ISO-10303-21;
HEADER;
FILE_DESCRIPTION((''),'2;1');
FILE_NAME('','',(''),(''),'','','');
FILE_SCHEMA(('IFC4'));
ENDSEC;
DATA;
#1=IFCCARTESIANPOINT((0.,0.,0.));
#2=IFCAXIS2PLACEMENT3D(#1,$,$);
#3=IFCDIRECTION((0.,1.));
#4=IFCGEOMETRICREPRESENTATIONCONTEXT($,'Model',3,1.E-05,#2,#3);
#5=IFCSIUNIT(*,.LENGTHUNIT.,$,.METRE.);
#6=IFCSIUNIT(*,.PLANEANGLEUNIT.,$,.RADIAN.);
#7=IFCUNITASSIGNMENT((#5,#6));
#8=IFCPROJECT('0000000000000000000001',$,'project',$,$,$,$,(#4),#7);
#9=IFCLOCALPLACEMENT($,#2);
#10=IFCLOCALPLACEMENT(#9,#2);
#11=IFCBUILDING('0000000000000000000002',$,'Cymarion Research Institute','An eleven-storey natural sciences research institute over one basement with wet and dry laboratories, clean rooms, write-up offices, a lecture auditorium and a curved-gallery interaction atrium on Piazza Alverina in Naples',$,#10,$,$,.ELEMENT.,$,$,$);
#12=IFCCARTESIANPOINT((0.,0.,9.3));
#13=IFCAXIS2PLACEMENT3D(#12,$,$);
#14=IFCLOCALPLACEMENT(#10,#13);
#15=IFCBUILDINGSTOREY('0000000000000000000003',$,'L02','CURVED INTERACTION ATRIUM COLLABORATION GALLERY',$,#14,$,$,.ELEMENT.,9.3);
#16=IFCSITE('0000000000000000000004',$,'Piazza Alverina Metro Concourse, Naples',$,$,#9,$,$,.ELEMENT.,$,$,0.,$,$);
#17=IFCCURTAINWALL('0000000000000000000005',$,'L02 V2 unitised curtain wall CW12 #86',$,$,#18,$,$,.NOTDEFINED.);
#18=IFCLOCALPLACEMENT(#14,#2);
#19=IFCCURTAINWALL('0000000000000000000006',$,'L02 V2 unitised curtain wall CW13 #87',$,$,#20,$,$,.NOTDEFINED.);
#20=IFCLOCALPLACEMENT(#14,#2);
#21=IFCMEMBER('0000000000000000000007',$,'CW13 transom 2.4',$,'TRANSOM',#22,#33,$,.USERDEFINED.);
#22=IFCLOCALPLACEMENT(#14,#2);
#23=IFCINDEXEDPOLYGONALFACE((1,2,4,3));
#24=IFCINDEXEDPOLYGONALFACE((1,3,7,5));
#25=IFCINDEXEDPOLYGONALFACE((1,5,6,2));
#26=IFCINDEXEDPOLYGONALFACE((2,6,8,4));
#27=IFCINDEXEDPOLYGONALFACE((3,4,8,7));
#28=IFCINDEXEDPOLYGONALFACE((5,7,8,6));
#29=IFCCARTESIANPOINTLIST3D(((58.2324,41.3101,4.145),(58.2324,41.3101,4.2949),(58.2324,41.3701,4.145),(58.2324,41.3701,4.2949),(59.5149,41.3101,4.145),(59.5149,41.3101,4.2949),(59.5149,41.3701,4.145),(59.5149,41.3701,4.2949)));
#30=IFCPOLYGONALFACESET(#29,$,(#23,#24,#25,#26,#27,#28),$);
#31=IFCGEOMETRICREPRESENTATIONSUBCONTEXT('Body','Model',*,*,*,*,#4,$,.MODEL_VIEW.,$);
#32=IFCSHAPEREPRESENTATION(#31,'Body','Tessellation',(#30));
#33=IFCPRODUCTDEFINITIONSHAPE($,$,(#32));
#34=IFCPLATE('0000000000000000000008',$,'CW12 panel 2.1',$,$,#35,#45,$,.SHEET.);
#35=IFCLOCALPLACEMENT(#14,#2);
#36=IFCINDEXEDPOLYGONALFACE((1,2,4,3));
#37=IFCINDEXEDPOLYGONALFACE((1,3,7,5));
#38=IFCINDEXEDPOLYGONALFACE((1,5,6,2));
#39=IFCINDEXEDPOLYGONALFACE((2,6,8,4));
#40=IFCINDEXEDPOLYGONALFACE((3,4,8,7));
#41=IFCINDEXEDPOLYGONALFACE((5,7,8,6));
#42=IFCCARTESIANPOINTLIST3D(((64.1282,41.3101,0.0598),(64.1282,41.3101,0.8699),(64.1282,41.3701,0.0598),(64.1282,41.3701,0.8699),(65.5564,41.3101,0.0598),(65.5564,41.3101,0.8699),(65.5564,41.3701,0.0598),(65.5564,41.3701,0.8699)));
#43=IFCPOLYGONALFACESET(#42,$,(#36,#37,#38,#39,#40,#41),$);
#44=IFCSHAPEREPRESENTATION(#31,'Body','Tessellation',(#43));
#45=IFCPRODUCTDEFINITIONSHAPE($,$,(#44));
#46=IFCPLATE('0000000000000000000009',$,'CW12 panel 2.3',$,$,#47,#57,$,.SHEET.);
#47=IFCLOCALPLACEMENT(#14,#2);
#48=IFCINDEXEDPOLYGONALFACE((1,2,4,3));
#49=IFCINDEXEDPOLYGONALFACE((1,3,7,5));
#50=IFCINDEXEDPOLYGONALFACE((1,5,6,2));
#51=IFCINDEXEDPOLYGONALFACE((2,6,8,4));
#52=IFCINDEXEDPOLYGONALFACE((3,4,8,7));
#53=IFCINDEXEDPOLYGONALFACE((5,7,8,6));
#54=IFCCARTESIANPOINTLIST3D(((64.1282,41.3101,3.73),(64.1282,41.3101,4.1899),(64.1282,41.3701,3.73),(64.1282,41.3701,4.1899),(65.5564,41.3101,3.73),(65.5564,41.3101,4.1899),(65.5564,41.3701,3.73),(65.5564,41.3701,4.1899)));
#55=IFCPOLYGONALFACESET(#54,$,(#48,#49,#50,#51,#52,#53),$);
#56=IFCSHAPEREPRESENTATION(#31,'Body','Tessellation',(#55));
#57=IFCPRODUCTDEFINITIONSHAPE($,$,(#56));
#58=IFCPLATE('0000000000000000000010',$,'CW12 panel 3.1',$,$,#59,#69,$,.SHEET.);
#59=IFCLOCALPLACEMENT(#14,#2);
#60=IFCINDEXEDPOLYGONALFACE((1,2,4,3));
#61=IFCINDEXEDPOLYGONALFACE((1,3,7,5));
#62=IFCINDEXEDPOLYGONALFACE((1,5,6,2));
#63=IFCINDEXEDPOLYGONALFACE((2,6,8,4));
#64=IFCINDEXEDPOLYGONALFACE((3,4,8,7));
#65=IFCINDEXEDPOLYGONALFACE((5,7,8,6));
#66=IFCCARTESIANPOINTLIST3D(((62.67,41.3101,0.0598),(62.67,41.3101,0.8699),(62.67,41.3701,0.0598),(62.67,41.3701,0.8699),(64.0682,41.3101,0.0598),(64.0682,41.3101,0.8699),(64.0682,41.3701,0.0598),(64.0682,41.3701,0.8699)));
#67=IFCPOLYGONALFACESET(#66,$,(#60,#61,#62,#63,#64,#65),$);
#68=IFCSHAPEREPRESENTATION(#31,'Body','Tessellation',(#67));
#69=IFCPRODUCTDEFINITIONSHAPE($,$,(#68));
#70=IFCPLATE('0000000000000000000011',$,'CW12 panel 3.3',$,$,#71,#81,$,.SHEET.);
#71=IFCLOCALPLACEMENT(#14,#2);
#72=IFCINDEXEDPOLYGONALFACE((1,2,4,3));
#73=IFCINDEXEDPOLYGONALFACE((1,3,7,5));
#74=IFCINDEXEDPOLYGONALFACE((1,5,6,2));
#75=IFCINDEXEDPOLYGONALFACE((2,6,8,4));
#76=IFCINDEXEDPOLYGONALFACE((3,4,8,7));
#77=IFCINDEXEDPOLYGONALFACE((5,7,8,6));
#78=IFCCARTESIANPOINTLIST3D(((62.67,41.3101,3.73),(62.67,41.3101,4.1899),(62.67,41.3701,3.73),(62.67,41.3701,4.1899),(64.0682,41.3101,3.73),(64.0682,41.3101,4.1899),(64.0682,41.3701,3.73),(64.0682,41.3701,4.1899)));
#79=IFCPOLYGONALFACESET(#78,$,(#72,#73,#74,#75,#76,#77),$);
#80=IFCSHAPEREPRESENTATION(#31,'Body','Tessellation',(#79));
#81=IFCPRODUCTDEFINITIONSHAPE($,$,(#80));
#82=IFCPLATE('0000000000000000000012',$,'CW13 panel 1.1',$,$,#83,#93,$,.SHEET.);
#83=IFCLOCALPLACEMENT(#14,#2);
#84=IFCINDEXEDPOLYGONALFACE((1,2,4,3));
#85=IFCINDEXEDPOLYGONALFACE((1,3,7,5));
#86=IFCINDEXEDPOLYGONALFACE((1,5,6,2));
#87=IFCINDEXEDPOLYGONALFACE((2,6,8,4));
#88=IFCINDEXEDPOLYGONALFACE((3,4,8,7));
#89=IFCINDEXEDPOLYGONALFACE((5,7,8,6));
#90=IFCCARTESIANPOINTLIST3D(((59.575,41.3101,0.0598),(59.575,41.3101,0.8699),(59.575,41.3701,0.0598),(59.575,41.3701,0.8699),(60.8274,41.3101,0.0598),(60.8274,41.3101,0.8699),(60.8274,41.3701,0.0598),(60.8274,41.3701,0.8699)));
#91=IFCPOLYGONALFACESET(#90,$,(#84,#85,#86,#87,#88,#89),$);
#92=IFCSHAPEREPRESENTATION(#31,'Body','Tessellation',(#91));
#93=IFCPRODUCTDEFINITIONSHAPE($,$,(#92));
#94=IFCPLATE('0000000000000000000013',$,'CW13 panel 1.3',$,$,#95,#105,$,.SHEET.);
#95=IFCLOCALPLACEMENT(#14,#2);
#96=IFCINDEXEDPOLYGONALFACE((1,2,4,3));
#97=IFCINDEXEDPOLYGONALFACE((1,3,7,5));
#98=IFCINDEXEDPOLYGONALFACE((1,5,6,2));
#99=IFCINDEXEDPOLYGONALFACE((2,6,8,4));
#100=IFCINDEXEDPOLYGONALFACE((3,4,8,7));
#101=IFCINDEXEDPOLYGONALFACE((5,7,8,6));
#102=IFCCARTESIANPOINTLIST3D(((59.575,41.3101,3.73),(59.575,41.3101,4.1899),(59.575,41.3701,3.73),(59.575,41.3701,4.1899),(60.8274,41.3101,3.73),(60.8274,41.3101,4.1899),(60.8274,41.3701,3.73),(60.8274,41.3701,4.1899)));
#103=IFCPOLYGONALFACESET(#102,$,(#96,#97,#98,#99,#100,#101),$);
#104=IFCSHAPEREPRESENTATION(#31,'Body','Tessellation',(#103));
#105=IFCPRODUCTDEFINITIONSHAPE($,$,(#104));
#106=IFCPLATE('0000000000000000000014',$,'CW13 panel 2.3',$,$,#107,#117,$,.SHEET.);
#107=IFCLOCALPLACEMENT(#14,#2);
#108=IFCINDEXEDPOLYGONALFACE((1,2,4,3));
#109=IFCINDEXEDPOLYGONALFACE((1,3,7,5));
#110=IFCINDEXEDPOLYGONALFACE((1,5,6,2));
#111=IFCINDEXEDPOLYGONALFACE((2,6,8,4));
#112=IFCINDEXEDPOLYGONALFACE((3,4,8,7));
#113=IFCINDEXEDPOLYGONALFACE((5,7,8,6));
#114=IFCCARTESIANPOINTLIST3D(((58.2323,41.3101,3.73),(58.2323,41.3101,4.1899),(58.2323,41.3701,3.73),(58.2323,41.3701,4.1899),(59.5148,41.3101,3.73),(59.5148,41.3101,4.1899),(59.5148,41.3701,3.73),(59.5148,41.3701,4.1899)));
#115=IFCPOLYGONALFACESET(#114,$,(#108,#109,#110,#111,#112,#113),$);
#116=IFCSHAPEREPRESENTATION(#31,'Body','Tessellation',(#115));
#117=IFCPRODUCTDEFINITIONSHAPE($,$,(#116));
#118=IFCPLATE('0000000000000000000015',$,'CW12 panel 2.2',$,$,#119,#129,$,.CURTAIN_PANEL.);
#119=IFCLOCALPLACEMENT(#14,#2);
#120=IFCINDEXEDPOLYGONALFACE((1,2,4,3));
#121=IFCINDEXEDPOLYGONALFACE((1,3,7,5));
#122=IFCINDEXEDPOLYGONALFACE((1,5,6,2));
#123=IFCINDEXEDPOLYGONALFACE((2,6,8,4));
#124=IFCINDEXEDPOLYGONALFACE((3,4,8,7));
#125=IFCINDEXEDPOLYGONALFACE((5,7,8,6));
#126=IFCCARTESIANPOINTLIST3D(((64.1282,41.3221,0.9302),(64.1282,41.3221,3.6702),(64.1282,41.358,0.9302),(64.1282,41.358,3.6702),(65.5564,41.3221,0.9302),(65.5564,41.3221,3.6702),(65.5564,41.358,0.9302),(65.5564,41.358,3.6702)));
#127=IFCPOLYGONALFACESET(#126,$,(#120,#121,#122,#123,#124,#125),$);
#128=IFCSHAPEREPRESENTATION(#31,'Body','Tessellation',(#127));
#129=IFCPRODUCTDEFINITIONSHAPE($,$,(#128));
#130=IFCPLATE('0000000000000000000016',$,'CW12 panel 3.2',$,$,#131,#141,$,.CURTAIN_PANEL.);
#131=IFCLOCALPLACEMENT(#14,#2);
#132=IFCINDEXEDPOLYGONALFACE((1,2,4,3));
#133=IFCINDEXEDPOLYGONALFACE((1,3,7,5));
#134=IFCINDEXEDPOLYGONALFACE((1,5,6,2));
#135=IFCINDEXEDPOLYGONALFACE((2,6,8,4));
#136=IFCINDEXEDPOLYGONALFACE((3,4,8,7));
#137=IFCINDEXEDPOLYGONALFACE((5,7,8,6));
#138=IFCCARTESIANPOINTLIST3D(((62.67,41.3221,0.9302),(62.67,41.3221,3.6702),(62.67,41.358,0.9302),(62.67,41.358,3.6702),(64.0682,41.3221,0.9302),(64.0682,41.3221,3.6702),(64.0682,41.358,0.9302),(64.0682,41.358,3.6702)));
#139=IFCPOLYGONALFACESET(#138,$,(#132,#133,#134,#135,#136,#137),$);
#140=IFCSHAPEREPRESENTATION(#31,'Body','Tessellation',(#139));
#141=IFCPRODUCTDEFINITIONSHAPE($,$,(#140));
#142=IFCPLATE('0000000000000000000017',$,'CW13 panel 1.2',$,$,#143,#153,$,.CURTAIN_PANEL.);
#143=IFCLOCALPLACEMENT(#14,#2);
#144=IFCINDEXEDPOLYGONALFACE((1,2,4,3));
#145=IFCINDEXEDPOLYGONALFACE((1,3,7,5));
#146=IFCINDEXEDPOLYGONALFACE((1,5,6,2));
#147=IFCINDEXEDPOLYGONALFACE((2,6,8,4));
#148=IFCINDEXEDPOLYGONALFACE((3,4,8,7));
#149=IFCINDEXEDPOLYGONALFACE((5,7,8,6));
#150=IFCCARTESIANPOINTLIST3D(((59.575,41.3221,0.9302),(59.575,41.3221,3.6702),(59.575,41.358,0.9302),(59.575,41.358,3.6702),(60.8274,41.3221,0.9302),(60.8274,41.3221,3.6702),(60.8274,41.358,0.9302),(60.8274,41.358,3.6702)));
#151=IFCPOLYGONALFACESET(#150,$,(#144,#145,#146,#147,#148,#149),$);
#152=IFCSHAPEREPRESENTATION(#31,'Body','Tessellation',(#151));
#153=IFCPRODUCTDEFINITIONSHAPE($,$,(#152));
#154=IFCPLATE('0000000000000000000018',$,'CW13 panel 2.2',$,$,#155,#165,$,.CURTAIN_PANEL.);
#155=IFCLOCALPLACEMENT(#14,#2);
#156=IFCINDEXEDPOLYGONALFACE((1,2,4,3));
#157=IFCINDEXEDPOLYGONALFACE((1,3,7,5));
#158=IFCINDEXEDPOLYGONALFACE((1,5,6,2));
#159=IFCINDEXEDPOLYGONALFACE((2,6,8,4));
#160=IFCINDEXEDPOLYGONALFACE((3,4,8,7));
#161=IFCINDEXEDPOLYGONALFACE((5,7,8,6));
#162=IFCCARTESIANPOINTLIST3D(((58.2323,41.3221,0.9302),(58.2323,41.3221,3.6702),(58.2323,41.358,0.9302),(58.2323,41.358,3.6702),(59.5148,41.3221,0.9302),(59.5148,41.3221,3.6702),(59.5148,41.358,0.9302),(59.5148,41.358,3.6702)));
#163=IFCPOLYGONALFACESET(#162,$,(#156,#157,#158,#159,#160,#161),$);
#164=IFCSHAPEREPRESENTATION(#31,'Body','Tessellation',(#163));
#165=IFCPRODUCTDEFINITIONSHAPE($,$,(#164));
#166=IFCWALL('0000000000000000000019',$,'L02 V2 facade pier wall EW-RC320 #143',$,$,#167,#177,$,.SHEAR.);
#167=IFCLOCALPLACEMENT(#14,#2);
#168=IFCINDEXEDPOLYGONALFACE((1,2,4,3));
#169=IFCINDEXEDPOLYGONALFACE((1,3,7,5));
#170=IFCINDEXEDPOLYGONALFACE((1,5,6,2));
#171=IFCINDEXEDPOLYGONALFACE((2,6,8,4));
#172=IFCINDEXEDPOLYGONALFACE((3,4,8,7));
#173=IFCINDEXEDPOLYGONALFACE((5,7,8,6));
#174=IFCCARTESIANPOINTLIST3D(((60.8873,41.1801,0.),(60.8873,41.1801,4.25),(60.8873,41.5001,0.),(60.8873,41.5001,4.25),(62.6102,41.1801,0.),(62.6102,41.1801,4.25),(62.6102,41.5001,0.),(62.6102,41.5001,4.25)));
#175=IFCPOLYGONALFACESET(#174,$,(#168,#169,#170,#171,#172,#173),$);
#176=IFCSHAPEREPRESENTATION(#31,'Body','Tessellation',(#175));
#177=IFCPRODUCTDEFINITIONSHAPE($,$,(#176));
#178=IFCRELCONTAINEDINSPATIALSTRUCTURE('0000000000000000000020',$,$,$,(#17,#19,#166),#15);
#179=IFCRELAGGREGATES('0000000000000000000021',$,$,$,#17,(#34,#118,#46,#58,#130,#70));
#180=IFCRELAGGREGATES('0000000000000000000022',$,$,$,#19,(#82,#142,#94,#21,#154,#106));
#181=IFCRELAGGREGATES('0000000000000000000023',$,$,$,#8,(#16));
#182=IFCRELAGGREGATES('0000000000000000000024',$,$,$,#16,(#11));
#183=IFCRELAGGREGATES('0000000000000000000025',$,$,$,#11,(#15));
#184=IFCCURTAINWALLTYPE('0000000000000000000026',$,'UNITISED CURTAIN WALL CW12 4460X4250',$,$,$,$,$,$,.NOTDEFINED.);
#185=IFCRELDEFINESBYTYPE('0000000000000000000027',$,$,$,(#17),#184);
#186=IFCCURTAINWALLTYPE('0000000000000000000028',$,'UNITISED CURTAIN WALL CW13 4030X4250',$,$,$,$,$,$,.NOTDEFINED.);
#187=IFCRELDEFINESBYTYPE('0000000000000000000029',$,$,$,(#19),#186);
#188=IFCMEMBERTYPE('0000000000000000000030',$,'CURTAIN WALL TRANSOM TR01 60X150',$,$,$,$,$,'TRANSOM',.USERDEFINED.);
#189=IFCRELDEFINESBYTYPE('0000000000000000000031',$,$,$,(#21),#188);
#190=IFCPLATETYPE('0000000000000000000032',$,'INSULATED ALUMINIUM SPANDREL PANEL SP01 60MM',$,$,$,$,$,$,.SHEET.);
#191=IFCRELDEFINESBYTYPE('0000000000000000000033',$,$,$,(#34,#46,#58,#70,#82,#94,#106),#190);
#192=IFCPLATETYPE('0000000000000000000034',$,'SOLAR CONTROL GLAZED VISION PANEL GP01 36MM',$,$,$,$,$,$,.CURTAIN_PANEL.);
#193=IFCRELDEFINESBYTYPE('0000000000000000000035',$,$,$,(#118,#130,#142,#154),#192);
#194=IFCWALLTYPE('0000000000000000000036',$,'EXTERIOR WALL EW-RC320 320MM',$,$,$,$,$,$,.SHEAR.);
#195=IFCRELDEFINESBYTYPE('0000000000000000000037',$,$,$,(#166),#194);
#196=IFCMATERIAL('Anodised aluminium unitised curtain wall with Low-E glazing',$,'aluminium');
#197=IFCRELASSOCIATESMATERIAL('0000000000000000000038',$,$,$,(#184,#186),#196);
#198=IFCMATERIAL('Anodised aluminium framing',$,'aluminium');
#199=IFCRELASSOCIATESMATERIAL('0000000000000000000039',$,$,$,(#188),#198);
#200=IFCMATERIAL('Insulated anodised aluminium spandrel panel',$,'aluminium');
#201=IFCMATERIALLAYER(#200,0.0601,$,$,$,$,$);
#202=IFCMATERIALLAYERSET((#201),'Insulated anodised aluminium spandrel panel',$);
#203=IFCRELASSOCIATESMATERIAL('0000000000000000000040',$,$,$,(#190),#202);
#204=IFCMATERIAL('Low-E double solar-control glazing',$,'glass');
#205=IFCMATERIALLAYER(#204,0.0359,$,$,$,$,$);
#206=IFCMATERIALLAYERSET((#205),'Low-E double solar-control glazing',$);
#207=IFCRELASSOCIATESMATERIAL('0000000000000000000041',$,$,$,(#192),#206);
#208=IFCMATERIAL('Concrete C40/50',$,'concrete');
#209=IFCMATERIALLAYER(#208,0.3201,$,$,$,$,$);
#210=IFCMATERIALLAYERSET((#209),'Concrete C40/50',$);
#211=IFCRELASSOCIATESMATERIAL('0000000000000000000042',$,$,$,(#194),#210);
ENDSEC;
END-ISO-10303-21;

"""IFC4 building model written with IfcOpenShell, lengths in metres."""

from ifc_helpers import new_model, si_unit, direction, frame, frame_2d, origin, origin_2d, place, context, subcontext, project, spatial, rectangle, extrude, material, layer, layer_set, material_profile, profile_set, type_object, element, aggregate, save


model = new_model("IFC4")

# Units and contexts
model_context = context("Model", 3, precision=1e-05, world=origin(), true_north=direction((0.0, 1.0)))
body_context = subcontext(model_context, "Body", "Model", "MODEL_VIEW")
ifc_project = project(units=[si_unit("LENGTHUNIT", "METRE"), si_unit("PLANEANGLEUNIT", "RADIAN")], contexts=[model_context])

# Site, building, storey
site_placement = place(None, origin())
site = spatial("IfcSite", under=ifc_project, at=site_placement, Name="Piazza Alverina Metro Concourse, Naples", CompositionType="ELEMENT", RefElevation=0.0)
building_placement = place(site_placement, origin())
building = spatial("IfcBuilding", under=site, at=building_placement, Name="Cymarion Research Institute", Description="An eleven-storey natural sciences research institute over one basement with wet and dry laboratories, clean rooms, write-up offices, a lecture auditorium and a curved-gallery interaction atrium on Piazza Alverina in Naples", CompositionType="ELEMENT")
storey_placement = place(building_placement, frame((0.0, 0.0, 9.3)))
storey = spatial("IfcBuildingStorey", under=building, at=storey_placement, Name="L02", Description="CURVED INTERACTION ATRIUM COLLABORATION GALLERY", CompositionType="ELEMENT", Elevation=9.3)

# Curtain walls
ifc_material_1 = material(Name="Anodised aluminium unitised curtain wall with Low-E glazing", Category="aluminium")
curtain_wall_type_1 = type_object("IfcCurtainWallType", Name="UNITISED CURTAIN WALL CW12 4460X4250", PredefinedType="NOTDEFINED", material=ifc_material_1)
curtain_wall_1_placement = place(storey_placement, origin())
curtain_wall_1 = element("IfcCurtainWall", 1, at=curtain_wall_1_placement, inside=storey, type_object=curtain_wall_type_1, Name="L02 V2 unitised curtain wall CW12 #86", PredefinedType="NOTDEFINED")
ifc_material_2 = material(Name="Anodised aluminium framing", Category="aluminium")
curtain_wall_type_2 = type_object("IfcCurtainWallType", Name="UNITISED CURTAIN WALL CW13 4030X4250", PredefinedType="NOTDEFINED", material=ifc_material_1)
curtain_wall_2_placement = place(storey_placement, origin())
curtain_wall_2 = element("IfcCurtainWall", 2, at=curtain_wall_2_placement, inside=storey, type_object=curtain_wall_type_2, Name="L02 V2 unitised curtain wall CW13 #87", PredefinedType="NOTDEFINED")

# Member
ifc_material_profile_1 = material_profile(ifc_material_2, rectangle(XDim=0.0601, YDim=0.1499, at=origin_2d()), Name="ALU TRANSOM 60x150")
ifc_profile_set_1 = profile_set([ifc_material_profile_1], Name="Anodised aluminium framing")
member_type_1 = type_object("IfcMemberType", Name="CURTAIN WALL TRANSOM TR01 60X150", ElementType="TRANSOM", PredefinedType="USERDEFINED", material=ifc_profile_set_1)
member_1_placement = place(storey_placement, frame((59.5149, 41.3401, 4.22), z_axis=(-1.0, 0.0, 0.0), x_axis=(0.0, -1.0, 0.0)))
member_1 = element("IfcMember", 3, at=member_1_placement, type_object=member_type_1, Name="CW13 transom 2.4", ObjectType="TRANSOM", PredefinedType="USERDEFINED", context=body_context, shape_type="SweptSolid", body=[
    extrude(rectangle(XDim=0.0601, YDim=0.1499, at=origin_2d()), origin(), (0.0, 0.0, 1.0), 1.2825),
])

# Plates
ifc_material_3 = material(Name="Insulated anodised aluminium spandrel panel", Category="aluminium")
ifc_layer_1 = layer(ifc_material_3, 0.0601)
ifc_layer_set_1 = layer_set([ifc_layer_1], Name="Insulated anodised aluminium spandrel panel")
plate_type_1 = type_object("IfcPlateType", Name="INSULATED ALUMINIUM SPANDREL PANEL SP01 60MM", PredefinedType="SHEET", material=ifc_layer_set_1)
plate_1_placement = place(storey_placement, frame((64.8423, 41.3401, 0.0598), z_axis=(0.0, 0.0, 1.0), x_axis=(-1.0, 0.0, 0.0)))
plate_1 = element("IfcPlate", 4, at=plate_1_placement, type_object=plate_type_1, Name="CW12 panel 2.1", PredefinedType="SHEET", context=body_context, shape_type="SweptSolid", body=[
    extrude(rectangle(XDim=1.4282, YDim=0.0601, at=origin_2d()), origin(), (0.0, 0.0, 1.0), 0.8101),
])
plate_2_placement = place(storey_placement, frame((64.8423, 41.3401, 3.73), z_axis=(0.0, 0.0, 1.0), x_axis=(-1.0, 0.0, 0.0)))
plate_2 = element("IfcPlate", 5, at=plate_2_placement, type_object=plate_type_1, Name="CW12 panel 2.3", PredefinedType="SHEET", context=body_context, shape_type="SweptSolid", body=[
    extrude(rectangle(XDim=1.4282, YDim=0.0601, at=origin_2d()), origin(), (0.0, 0.0, 1.0), 0.46),
])
plate_3_placement = place(storey_placement, frame((63.3691, 41.3401, 0.0598), z_axis=(0.0, 0.0, 1.0), x_axis=(-1.0, 0.0, 0.0)))
plate_3 = element("IfcPlate", 6, at=plate_3_placement, type_object=plate_type_1, Name="CW12 panel 3.1", PredefinedType="SHEET", context=body_context, shape_type="SweptSolid", body=[
    extrude(rectangle(XDim=1.3982, YDim=0.0601, at=origin_2d()), origin(), (0.0, 0.0, 1.0), 0.8101),
])
plate_4_placement = place(storey_placement, frame((63.3691, 41.3401, 3.73), z_axis=(0.0, 0.0, 1.0), x_axis=(-1.0, 0.0, 0.0)))
plate_4 = element("IfcPlate", 7, at=plate_4_placement, type_object=plate_type_1, Name="CW12 panel 3.3", PredefinedType="SHEET", context=body_context, shape_type="SweptSolid", body=[
    extrude(rectangle(XDim=1.3982, YDim=0.0601, at=origin_2d()), origin(), (0.0, 0.0, 1.0), 0.46),
])
plate_5_placement = place(storey_placement, frame((60.2012, 41.3401, 0.0598), z_axis=(0.0, 0.0, 1.0), x_axis=(-1.0, 0.0, 0.0)))
plate_5 = element("IfcPlate", 8, at=plate_5_placement, type_object=plate_type_1, Name="CW13 panel 1.1", PredefinedType="SHEET", context=body_context, shape_type="SweptSolid", body=[
    extrude(rectangle(XDim=1.2524, YDim=0.0601, at=origin_2d()), origin(), (0.0, 0.0, 1.0), 0.8101),
])
plate_6_placement = place(storey_placement, frame((60.2012, 41.3401, 3.73), z_axis=(0.0, 0.0, 1.0), x_axis=(-1.0, 0.0, 0.0)))
plate_6 = element("IfcPlate", 9, at=plate_6_placement, type_object=plate_type_1, Name="CW13 panel 1.3", PredefinedType="SHEET", context=body_context, shape_type="SweptSolid", body=[
    extrude(rectangle(XDim=1.2524, YDim=0.0601, at=origin_2d()), origin(), (0.0, 0.0, 1.0), 0.46),
])
plate_7_placement = place(storey_placement, frame((58.8735, 41.3401, 3.73), z_axis=(0.0, 0.0, 1.0), x_axis=(-1.0, 0.0, 0.0)))
plate_7 = element("IfcPlate", 10, at=plate_7_placement, type_object=plate_type_1, Name="CW13 panel 2.3", PredefinedType="SHEET", context=body_context, shape_type="SweptSolid", body=[
    extrude(rectangle(XDim=1.2825, YDim=0.0601, at=origin_2d()), origin(), (0.0, 0.0, 1.0), 0.46),
])
ifc_material_4 = material(Name="Low-E double solar-control glazing", Category="glass")
ifc_layer_2 = layer(ifc_material_4, 0.0359)
ifc_layer_set_2 = layer_set([ifc_layer_2], Name="Low-E double solar-control glazing")
plate_type_2 = type_object("IfcPlateType", Name="SOLAR CONTROL GLAZED VISION PANEL GP01 36MM", PredefinedType="CURTAIN_PANEL", material=ifc_layer_set_2)
plate_8_placement = place(storey_placement, frame((64.8423, 41.3401, 0.9302), z_axis=(0.0, 0.0, 1.0), x_axis=(-1.0, 0.0, 0.0)))
plate_8 = element("IfcPlate", 11, at=plate_8_placement, type_object=plate_type_2, Name="CW12 panel 2.2", PredefinedType="CURTAIN_PANEL", context=body_context, shape_type="SweptSolid", body=[
    extrude(rectangle(XDim=1.4282, YDim=0.0359, at=origin_2d()), origin(), (0.0, 0.0, 1.0), 2.74),
])
plate_9_placement = place(storey_placement, frame((63.3691, 41.3401, 0.9302), z_axis=(0.0, 0.0, 1.0), x_axis=(-1.0, 0.0, 0.0)))
plate_9 = element("IfcPlate", 12, at=plate_9_placement, type_object=plate_type_2, Name="CW12 panel 3.2", PredefinedType="CURTAIN_PANEL", context=body_context, shape_type="SweptSolid", body=[
    extrude(rectangle(XDim=1.3982, YDim=0.0359, at=origin_2d()), origin(), (0.0, 0.0, 1.0), 2.74),
])
aggregate(curtain_wall_1, [plate_1, plate_8, plate_2, plate_3, plate_9, plate_4])
plate_10_placement = place(storey_placement, frame((60.2012, 41.3401, 0.9302), z_axis=(0.0, 0.0, 1.0), x_axis=(-1.0, 0.0, 0.0)))
plate_10 = element("IfcPlate", 13, at=plate_10_placement, type_object=plate_type_2, Name="CW13 panel 1.2", PredefinedType="CURTAIN_PANEL", context=body_context, shape_type="SweptSolid", body=[
    extrude(rectangle(XDim=1.2524, YDim=0.0359, at=origin_2d()), origin(), (0.0, 0.0, 1.0), 2.74),
])
plate_11_placement = place(storey_placement, frame((58.8735, 41.3401, 0.9302), z_axis=(0.0, 0.0, 1.0), x_axis=(-1.0, 0.0, 0.0)))
plate_11 = element("IfcPlate", 14, at=plate_11_placement, type_object=plate_type_2, Name="CW13 panel 2.2", PredefinedType="CURTAIN_PANEL", context=body_context, shape_type="SweptSolid", body=[
    extrude(rectangle(XDim=1.2825, YDim=0.0359, at=origin_2d()), origin(), (0.0, 0.0, 1.0), 2.74),
])
aggregate(curtain_wall_2, [plate_5, plate_10, plate_6, member_1, plate_11, plate_7])

# Wall
ifc_material_5 = material(Name="Concrete C40/50", Category="concrete")
ifc_layer_3 = layer(ifc_material_5, 0.3201)
ifc_layer_set_3 = layer_set([ifc_layer_3], Name="Concrete C40/50")
wall_type = type_object("IfcWallType", Name="EXTERIOR WALL EW-RC320 320MM", PredefinedType="SHEAR", material=ifc_layer_set_3)
wall_placement = place(storey_placement, frame((62.6101, 41.3401, 0.0), z_axis=(0.0, 0.0, 1.0), x_axis=(-1.0, 0.0, 0.0)))
element("IfcWall", 15, at=wall_placement, inside=storey, type_object=wall_type, Name="L02 V2 facade pier wall EW-RC320 #143", PredefinedType="SHEAR", context=body_context, shape_type="SweptSolid", body=[
    extrude(rectangle(XDim=1.7229, YDim=0.3201, at=frame_2d((0.8613, 0.0))), origin(), (0.0, 0.0, 1.0), 4.25),
])

save(model, "model.ifc")
